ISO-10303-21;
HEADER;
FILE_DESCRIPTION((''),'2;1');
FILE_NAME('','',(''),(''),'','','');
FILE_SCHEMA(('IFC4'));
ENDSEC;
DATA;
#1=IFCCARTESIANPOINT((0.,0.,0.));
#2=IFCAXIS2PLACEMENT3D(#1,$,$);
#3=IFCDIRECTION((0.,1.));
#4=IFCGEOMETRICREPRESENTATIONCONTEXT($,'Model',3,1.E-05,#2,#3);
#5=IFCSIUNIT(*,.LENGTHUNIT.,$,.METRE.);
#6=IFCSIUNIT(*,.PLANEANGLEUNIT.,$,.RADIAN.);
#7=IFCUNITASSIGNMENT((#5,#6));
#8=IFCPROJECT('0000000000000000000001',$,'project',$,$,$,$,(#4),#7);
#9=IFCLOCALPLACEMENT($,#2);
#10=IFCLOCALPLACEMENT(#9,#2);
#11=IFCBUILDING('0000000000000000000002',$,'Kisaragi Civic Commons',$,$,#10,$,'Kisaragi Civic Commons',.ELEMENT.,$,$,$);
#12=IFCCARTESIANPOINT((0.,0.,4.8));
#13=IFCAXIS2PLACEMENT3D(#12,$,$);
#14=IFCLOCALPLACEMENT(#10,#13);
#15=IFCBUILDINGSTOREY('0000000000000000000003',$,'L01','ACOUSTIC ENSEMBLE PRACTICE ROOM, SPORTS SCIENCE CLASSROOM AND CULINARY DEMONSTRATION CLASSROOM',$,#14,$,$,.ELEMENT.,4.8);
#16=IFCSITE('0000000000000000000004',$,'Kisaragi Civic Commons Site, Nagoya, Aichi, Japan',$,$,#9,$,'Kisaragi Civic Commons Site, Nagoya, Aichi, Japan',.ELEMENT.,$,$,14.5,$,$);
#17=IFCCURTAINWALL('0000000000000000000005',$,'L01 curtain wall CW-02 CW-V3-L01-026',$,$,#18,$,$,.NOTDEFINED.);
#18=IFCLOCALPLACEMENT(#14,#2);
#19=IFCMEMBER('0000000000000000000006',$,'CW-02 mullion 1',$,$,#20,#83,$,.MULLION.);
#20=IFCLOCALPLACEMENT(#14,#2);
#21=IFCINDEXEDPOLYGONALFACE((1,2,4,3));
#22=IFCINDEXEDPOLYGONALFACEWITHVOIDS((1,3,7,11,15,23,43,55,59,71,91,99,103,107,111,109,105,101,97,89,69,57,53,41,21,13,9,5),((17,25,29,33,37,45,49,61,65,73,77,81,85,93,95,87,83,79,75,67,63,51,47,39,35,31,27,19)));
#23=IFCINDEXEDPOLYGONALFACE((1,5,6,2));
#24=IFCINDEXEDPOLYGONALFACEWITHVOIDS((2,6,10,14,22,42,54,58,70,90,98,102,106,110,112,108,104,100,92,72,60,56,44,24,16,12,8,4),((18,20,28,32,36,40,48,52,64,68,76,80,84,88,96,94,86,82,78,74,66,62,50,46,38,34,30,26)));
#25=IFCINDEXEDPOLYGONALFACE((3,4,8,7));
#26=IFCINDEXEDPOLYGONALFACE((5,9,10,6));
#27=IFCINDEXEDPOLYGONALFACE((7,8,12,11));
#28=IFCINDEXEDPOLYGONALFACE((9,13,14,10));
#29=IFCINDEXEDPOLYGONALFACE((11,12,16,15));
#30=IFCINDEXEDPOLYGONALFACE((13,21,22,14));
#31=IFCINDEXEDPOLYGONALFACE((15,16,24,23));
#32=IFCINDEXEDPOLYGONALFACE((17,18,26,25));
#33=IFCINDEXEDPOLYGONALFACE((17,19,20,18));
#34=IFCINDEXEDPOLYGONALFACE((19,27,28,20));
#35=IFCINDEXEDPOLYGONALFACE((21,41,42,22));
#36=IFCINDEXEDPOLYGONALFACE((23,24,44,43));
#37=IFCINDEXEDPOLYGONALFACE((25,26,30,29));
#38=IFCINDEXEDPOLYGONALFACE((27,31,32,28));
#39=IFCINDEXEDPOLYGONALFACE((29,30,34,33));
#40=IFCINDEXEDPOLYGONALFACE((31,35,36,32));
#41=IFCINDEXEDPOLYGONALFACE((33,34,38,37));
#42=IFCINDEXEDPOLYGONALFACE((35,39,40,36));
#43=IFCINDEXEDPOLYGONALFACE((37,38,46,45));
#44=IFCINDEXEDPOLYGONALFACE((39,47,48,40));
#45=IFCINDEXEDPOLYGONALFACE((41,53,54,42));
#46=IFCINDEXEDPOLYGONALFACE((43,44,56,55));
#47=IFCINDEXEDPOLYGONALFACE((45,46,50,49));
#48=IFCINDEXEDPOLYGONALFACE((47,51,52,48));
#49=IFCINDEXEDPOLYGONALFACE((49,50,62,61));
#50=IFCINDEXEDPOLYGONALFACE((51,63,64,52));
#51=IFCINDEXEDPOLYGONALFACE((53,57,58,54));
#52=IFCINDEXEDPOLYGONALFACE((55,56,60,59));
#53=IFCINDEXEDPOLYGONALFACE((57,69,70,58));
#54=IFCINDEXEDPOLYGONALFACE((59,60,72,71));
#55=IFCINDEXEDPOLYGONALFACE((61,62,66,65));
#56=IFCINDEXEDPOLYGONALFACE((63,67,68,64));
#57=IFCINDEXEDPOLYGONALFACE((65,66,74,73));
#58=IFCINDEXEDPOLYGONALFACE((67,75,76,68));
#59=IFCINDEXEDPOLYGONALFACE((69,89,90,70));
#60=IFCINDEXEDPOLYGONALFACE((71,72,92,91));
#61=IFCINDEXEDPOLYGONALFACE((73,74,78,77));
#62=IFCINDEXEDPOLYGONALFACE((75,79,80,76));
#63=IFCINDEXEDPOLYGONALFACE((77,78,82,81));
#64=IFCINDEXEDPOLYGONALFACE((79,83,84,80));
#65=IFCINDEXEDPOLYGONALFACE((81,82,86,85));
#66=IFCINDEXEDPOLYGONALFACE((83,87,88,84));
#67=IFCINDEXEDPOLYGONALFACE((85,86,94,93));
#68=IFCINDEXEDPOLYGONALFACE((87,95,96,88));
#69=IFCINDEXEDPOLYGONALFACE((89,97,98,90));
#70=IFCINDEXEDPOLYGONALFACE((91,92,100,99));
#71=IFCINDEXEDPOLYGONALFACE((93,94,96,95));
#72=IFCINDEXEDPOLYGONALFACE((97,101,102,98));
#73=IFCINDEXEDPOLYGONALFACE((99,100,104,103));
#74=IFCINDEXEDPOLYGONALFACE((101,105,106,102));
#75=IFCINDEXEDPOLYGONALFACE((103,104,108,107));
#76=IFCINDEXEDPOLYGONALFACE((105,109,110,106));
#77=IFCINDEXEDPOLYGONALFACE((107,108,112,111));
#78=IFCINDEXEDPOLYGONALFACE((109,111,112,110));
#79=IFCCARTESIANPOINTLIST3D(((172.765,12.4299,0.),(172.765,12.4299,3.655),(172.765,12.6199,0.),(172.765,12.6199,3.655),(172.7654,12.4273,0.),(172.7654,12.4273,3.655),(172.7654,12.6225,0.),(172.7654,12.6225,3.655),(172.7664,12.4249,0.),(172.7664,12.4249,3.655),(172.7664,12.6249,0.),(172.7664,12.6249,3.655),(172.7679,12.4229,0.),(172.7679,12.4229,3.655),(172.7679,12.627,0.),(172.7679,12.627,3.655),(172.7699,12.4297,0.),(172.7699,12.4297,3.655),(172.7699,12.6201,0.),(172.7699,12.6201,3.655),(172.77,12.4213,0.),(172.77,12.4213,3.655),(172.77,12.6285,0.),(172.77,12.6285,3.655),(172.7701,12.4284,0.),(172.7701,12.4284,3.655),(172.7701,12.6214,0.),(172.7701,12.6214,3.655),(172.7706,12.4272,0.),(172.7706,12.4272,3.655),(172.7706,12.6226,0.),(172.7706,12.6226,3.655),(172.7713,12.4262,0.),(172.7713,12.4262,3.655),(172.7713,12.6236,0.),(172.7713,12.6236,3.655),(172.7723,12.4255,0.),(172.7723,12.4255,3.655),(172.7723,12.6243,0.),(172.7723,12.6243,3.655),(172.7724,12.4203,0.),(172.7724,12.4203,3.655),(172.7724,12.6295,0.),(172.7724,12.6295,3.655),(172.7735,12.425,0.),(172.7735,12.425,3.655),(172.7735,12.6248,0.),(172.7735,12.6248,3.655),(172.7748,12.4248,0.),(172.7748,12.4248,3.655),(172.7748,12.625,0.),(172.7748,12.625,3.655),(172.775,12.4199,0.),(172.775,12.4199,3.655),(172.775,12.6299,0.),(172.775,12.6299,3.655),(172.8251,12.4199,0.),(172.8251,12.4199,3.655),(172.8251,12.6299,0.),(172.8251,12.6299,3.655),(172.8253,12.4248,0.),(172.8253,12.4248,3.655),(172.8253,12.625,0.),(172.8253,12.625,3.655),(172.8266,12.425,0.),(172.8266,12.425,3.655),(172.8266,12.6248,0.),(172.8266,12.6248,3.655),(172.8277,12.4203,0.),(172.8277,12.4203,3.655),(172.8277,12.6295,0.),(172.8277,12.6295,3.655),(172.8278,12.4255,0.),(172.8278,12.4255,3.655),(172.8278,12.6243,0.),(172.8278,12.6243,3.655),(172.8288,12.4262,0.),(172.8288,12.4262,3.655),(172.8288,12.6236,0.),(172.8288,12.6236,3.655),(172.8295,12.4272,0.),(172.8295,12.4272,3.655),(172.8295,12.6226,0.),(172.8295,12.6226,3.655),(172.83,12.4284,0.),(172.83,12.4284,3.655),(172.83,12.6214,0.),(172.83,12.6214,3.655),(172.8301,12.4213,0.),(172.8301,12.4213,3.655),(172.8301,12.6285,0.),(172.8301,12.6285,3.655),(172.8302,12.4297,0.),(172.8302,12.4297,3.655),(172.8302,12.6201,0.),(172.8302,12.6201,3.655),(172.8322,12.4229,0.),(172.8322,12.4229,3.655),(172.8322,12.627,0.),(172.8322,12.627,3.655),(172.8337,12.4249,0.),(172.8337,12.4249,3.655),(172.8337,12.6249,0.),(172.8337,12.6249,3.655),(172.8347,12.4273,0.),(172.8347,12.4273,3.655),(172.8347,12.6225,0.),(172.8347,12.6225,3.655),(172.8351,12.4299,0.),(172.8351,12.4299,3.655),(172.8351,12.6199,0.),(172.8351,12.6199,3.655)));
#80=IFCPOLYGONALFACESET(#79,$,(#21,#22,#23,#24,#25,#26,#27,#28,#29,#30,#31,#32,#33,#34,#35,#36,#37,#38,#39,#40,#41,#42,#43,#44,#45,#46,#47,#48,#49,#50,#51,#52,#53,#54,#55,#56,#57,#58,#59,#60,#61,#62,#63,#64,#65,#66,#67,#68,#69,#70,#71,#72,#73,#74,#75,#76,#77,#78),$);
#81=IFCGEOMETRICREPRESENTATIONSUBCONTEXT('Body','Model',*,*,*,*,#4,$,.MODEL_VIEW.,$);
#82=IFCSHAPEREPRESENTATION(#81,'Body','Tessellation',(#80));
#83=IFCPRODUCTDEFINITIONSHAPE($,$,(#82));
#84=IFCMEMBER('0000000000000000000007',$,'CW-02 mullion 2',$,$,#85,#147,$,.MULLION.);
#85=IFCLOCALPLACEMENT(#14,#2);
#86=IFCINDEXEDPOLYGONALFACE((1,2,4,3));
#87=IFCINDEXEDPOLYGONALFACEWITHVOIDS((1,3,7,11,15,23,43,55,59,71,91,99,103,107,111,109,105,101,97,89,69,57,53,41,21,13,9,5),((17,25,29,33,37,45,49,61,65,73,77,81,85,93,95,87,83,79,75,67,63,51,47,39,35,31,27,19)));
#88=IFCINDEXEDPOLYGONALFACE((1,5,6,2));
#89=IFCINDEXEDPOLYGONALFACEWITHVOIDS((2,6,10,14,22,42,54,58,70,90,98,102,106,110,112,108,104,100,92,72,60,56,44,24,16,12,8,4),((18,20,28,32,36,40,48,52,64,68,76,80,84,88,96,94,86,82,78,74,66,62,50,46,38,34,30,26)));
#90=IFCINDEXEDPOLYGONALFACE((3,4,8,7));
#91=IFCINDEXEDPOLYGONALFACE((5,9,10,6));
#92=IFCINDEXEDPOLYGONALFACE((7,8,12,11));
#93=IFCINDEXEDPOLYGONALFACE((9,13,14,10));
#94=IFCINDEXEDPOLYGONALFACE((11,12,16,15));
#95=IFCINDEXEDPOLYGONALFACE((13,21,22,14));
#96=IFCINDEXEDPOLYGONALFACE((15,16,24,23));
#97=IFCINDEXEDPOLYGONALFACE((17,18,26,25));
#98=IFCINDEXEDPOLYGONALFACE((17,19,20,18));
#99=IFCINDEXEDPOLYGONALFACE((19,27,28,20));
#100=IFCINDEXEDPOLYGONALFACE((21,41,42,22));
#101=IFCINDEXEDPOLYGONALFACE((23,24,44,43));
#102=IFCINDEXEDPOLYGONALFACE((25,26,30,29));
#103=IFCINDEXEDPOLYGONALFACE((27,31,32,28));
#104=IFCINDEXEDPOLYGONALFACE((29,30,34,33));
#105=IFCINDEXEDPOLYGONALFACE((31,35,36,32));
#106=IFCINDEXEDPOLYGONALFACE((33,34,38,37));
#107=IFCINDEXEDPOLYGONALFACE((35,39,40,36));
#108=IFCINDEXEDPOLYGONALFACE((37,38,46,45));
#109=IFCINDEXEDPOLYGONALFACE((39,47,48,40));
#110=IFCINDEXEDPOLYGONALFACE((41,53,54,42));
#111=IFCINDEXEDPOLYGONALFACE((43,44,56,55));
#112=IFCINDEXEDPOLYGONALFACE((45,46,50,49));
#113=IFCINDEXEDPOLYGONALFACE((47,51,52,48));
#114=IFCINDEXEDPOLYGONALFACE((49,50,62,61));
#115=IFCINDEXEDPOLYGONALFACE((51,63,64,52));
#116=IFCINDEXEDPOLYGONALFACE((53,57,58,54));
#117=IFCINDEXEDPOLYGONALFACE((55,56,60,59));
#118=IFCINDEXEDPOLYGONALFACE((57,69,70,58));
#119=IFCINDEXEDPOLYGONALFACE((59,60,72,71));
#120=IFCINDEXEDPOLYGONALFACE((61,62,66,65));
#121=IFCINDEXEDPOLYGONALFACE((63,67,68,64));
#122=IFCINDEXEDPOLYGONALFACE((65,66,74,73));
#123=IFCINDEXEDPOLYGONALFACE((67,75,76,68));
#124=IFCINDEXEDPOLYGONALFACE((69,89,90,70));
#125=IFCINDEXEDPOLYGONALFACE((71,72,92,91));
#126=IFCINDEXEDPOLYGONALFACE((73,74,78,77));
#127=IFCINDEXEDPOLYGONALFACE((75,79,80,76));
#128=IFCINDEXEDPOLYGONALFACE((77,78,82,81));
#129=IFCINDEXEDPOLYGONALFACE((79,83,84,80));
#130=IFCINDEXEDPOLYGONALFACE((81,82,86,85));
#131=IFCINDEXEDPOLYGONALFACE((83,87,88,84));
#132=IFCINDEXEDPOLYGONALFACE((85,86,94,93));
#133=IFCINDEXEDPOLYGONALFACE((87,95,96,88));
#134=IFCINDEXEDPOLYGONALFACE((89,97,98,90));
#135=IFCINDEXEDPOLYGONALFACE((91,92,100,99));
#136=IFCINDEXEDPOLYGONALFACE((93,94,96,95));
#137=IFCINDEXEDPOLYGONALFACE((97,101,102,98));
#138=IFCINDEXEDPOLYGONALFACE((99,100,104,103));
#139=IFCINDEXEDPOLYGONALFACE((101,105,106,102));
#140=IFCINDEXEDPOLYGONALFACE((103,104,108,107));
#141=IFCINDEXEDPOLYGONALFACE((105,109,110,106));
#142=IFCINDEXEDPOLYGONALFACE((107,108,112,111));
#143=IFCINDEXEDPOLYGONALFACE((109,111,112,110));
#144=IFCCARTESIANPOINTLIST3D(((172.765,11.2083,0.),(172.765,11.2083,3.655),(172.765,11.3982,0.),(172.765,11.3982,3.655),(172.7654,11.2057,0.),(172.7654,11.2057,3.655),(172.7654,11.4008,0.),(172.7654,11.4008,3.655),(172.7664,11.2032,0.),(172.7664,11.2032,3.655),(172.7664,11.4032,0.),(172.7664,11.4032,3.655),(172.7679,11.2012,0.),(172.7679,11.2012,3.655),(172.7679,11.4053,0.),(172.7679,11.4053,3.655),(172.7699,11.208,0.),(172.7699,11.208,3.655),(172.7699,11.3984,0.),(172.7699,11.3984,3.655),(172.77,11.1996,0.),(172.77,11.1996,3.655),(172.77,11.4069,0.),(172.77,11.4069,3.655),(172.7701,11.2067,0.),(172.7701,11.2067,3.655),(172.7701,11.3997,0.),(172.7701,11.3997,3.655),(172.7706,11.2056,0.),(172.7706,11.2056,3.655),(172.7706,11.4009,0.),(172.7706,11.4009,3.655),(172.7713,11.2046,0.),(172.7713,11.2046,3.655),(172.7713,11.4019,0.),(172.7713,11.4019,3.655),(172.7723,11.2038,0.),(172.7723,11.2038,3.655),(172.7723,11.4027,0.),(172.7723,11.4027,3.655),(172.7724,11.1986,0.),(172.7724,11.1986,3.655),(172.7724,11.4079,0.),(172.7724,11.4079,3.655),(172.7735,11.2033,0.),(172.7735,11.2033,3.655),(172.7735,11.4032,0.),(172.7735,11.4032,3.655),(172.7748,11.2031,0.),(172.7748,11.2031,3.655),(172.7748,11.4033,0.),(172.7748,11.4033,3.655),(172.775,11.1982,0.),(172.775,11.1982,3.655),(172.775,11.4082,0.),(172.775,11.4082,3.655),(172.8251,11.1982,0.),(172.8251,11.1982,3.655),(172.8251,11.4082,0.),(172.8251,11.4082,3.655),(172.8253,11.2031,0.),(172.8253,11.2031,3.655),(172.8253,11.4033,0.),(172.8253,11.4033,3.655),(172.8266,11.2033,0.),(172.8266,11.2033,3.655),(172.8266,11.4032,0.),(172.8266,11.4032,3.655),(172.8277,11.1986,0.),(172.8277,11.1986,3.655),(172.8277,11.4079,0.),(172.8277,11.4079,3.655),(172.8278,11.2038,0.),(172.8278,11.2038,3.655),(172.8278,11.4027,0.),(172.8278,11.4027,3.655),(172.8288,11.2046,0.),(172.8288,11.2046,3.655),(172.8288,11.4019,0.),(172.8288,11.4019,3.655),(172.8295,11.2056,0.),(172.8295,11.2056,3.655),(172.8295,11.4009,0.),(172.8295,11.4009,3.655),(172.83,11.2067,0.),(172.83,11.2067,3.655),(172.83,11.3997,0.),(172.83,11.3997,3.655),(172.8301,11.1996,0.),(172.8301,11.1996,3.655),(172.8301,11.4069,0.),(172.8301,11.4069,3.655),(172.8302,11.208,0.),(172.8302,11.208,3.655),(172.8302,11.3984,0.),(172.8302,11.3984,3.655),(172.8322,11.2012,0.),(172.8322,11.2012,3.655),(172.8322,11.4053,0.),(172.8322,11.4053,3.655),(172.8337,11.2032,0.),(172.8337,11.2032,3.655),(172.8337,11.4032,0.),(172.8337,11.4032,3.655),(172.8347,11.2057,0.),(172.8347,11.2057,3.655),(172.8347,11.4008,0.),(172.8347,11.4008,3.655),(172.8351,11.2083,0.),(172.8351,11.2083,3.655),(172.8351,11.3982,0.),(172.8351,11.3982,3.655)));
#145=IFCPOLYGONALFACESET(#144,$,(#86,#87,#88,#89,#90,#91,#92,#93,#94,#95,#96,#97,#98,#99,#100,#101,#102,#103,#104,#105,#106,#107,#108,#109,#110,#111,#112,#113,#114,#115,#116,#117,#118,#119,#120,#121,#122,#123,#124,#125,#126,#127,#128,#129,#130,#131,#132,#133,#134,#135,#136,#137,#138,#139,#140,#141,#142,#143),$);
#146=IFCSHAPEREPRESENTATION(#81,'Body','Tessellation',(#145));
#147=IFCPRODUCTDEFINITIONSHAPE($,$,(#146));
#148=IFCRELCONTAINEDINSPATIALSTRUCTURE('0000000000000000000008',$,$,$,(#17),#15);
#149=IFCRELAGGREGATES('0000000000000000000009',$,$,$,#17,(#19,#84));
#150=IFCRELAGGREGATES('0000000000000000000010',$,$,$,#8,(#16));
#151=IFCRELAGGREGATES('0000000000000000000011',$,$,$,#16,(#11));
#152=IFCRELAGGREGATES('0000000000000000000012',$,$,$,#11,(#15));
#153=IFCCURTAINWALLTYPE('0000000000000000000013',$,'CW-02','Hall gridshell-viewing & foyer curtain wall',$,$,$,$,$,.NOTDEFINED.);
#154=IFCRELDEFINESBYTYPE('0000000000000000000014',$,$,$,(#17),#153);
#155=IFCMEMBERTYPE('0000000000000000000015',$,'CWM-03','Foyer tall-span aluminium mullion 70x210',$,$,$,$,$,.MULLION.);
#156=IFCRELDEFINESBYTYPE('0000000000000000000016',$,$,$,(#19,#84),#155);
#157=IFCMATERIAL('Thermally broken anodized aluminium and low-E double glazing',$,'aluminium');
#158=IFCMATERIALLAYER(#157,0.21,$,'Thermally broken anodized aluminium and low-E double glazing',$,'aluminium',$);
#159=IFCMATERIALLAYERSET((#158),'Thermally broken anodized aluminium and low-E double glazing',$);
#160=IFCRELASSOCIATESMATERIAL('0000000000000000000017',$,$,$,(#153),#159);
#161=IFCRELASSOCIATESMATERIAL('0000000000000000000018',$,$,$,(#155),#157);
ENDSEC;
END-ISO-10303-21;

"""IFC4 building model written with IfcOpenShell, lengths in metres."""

from ifc_helpers import new_model, si_unit, direction, frame, origin, origin_2d, place, context, subcontext, project, spatial, hollow_rectangle, extrude, material, layer, layer_set, material_profile, profile_set, type_object, element, aggregate, save


model = new_model("IFC4")

# Units and contexts
model_context = context("Model", 3, precision=1e-05, world=origin(), true_north=direction((0.0, 1.0)))
body_context = subcontext(model_context, "Body", "Model", "MODEL_VIEW")
ifc_project = project(units=[si_unit("LENGTHUNIT", "METRE"), si_unit("PLANEANGLEUNIT", "RADIAN")], contexts=[model_context])

# Site, building, storey
site_placement = place(None, origin())
site = spatial("IfcSite", under=ifc_project, at=site_placement, Name="Kisaragi Civic Commons Site, Nagoya, Aichi, Japan", LongName="Kisaragi Civic Commons Site, Nagoya, Aichi, Japan", CompositionType="ELEMENT", RefElevation=14.5)
building_placement = place(site_placement, origin())
building = spatial("IfcBuilding", under=site, at=building_placement, Name="Kisaragi Civic Commons", LongName="Kisaragi Civic Commons", CompositionType="ELEMENT")
storey_placement = place(building_placement, frame((0.0, 0.0, 4.8)))
storey = spatial("IfcBuildingStorey", under=building, at=storey_placement, Name="L01", Description="ACOUSTIC ENSEMBLE PRACTICE ROOM, SPORTS SCIENCE CLASSROOM AND CULINARY DEMONSTRATION CLASSROOM", CompositionType="ELEMENT", Elevation=4.8)

# Curtain wall, members
ifc_material = material(Name="Thermally broken anodized aluminium and low-E double glazing", Category="aluminium")
ifc_layer_1 = layer(ifc_material, 0.21, Name="Thermally broken anodized aluminium and low-E double glazing", Category="aluminium")
ifc_layer_set_1 = layer_set([ifc_layer_1], Name="Thermally broken anodized aluminium and low-E double glazing")
curtain_wall_type = type_object("IfcCurtainWallType", Name="CW-02", Description="Hall gridshell-viewing & foyer curtain wall", PredefinedType="NOTDEFINED", material=ifc_layer_set_1)
ifc_material_profile_1 = material_profile(ifc_material, hollow_rectangle(XDim=0.0701, YDim=0.21, WallThickness=0.0049, InnerFilletRadius=0.0049, OuterFilletRadius=0.01, at=origin_2d()), Name="CWM-70x210x5", Category="aluminium")
ifc_profile_set_1 = profile_set([ifc_material_profile_1], Name="Thermally broken anodized aluminium and low-E double glazing")
member_type_1 = type_object("IfcMemberType", Name="CWM-03", Description="Foyer tall-span aluminium mullion 70x210", PredefinedType="MULLION", material=ifc_profile_set_1)
curtain_wall_1_placement = place(storey_placement, origin())
curtain_wall_1 = element("IfcCurtainWall", 1, at=curtain_wall_1_placement, inside=storey, type_object=curtain_wall_type, Name="L01 curtain wall CW-02 CW-V3-L01-026", PredefinedType="NOTDEFINED")
member_1_placement = place(storey_placement, frame((172.8, 12.5249, 0.0), z_axis=(0.0, 0.0, 1.0), x_axis=(1.0, 0.0, 0.0)))
member_1 = element("IfcMember", 2, at=member_1_placement, type_object=member_type_1, Name="CW-02 mullion 1", PredefinedType="MULLION", context=body_context, shape_type="SweptSolid", body=[
    extrude(hollow_rectangle(XDim=0.0701, YDim=0.21, WallThickness=0.0049, InnerFilletRadius=0.0049, OuterFilletRadius=0.01, at=origin_2d()), origin(), (0.0, 0.0, 1.0), 3.655),
])
member_2_placement = place(storey_placement, frame((172.8, 11.3032, 0.0), z_axis=(0.0, 0.0, 1.0), x_axis=(1.0, 0.0, 0.0)))
member_2 = element("IfcMember", 3, at=member_2_placement, type_object=member_type_1, Name="CW-02 mullion 2", PredefinedType="MULLION", context=body_context, shape_type="SweptSolid", body=[
    extrude(hollow_rectangle(XDim=0.0701, YDim=0.21, WallThickness=0.0049, InnerFilletRadius=0.0049, OuterFilletRadius=0.01, at=origin_2d()), origin(), (0.0, 0.0, 1.0), 3.655),
])

aggregate(curtain_wall_1, [member_1, member_2])

save(model, "model.ifc")
